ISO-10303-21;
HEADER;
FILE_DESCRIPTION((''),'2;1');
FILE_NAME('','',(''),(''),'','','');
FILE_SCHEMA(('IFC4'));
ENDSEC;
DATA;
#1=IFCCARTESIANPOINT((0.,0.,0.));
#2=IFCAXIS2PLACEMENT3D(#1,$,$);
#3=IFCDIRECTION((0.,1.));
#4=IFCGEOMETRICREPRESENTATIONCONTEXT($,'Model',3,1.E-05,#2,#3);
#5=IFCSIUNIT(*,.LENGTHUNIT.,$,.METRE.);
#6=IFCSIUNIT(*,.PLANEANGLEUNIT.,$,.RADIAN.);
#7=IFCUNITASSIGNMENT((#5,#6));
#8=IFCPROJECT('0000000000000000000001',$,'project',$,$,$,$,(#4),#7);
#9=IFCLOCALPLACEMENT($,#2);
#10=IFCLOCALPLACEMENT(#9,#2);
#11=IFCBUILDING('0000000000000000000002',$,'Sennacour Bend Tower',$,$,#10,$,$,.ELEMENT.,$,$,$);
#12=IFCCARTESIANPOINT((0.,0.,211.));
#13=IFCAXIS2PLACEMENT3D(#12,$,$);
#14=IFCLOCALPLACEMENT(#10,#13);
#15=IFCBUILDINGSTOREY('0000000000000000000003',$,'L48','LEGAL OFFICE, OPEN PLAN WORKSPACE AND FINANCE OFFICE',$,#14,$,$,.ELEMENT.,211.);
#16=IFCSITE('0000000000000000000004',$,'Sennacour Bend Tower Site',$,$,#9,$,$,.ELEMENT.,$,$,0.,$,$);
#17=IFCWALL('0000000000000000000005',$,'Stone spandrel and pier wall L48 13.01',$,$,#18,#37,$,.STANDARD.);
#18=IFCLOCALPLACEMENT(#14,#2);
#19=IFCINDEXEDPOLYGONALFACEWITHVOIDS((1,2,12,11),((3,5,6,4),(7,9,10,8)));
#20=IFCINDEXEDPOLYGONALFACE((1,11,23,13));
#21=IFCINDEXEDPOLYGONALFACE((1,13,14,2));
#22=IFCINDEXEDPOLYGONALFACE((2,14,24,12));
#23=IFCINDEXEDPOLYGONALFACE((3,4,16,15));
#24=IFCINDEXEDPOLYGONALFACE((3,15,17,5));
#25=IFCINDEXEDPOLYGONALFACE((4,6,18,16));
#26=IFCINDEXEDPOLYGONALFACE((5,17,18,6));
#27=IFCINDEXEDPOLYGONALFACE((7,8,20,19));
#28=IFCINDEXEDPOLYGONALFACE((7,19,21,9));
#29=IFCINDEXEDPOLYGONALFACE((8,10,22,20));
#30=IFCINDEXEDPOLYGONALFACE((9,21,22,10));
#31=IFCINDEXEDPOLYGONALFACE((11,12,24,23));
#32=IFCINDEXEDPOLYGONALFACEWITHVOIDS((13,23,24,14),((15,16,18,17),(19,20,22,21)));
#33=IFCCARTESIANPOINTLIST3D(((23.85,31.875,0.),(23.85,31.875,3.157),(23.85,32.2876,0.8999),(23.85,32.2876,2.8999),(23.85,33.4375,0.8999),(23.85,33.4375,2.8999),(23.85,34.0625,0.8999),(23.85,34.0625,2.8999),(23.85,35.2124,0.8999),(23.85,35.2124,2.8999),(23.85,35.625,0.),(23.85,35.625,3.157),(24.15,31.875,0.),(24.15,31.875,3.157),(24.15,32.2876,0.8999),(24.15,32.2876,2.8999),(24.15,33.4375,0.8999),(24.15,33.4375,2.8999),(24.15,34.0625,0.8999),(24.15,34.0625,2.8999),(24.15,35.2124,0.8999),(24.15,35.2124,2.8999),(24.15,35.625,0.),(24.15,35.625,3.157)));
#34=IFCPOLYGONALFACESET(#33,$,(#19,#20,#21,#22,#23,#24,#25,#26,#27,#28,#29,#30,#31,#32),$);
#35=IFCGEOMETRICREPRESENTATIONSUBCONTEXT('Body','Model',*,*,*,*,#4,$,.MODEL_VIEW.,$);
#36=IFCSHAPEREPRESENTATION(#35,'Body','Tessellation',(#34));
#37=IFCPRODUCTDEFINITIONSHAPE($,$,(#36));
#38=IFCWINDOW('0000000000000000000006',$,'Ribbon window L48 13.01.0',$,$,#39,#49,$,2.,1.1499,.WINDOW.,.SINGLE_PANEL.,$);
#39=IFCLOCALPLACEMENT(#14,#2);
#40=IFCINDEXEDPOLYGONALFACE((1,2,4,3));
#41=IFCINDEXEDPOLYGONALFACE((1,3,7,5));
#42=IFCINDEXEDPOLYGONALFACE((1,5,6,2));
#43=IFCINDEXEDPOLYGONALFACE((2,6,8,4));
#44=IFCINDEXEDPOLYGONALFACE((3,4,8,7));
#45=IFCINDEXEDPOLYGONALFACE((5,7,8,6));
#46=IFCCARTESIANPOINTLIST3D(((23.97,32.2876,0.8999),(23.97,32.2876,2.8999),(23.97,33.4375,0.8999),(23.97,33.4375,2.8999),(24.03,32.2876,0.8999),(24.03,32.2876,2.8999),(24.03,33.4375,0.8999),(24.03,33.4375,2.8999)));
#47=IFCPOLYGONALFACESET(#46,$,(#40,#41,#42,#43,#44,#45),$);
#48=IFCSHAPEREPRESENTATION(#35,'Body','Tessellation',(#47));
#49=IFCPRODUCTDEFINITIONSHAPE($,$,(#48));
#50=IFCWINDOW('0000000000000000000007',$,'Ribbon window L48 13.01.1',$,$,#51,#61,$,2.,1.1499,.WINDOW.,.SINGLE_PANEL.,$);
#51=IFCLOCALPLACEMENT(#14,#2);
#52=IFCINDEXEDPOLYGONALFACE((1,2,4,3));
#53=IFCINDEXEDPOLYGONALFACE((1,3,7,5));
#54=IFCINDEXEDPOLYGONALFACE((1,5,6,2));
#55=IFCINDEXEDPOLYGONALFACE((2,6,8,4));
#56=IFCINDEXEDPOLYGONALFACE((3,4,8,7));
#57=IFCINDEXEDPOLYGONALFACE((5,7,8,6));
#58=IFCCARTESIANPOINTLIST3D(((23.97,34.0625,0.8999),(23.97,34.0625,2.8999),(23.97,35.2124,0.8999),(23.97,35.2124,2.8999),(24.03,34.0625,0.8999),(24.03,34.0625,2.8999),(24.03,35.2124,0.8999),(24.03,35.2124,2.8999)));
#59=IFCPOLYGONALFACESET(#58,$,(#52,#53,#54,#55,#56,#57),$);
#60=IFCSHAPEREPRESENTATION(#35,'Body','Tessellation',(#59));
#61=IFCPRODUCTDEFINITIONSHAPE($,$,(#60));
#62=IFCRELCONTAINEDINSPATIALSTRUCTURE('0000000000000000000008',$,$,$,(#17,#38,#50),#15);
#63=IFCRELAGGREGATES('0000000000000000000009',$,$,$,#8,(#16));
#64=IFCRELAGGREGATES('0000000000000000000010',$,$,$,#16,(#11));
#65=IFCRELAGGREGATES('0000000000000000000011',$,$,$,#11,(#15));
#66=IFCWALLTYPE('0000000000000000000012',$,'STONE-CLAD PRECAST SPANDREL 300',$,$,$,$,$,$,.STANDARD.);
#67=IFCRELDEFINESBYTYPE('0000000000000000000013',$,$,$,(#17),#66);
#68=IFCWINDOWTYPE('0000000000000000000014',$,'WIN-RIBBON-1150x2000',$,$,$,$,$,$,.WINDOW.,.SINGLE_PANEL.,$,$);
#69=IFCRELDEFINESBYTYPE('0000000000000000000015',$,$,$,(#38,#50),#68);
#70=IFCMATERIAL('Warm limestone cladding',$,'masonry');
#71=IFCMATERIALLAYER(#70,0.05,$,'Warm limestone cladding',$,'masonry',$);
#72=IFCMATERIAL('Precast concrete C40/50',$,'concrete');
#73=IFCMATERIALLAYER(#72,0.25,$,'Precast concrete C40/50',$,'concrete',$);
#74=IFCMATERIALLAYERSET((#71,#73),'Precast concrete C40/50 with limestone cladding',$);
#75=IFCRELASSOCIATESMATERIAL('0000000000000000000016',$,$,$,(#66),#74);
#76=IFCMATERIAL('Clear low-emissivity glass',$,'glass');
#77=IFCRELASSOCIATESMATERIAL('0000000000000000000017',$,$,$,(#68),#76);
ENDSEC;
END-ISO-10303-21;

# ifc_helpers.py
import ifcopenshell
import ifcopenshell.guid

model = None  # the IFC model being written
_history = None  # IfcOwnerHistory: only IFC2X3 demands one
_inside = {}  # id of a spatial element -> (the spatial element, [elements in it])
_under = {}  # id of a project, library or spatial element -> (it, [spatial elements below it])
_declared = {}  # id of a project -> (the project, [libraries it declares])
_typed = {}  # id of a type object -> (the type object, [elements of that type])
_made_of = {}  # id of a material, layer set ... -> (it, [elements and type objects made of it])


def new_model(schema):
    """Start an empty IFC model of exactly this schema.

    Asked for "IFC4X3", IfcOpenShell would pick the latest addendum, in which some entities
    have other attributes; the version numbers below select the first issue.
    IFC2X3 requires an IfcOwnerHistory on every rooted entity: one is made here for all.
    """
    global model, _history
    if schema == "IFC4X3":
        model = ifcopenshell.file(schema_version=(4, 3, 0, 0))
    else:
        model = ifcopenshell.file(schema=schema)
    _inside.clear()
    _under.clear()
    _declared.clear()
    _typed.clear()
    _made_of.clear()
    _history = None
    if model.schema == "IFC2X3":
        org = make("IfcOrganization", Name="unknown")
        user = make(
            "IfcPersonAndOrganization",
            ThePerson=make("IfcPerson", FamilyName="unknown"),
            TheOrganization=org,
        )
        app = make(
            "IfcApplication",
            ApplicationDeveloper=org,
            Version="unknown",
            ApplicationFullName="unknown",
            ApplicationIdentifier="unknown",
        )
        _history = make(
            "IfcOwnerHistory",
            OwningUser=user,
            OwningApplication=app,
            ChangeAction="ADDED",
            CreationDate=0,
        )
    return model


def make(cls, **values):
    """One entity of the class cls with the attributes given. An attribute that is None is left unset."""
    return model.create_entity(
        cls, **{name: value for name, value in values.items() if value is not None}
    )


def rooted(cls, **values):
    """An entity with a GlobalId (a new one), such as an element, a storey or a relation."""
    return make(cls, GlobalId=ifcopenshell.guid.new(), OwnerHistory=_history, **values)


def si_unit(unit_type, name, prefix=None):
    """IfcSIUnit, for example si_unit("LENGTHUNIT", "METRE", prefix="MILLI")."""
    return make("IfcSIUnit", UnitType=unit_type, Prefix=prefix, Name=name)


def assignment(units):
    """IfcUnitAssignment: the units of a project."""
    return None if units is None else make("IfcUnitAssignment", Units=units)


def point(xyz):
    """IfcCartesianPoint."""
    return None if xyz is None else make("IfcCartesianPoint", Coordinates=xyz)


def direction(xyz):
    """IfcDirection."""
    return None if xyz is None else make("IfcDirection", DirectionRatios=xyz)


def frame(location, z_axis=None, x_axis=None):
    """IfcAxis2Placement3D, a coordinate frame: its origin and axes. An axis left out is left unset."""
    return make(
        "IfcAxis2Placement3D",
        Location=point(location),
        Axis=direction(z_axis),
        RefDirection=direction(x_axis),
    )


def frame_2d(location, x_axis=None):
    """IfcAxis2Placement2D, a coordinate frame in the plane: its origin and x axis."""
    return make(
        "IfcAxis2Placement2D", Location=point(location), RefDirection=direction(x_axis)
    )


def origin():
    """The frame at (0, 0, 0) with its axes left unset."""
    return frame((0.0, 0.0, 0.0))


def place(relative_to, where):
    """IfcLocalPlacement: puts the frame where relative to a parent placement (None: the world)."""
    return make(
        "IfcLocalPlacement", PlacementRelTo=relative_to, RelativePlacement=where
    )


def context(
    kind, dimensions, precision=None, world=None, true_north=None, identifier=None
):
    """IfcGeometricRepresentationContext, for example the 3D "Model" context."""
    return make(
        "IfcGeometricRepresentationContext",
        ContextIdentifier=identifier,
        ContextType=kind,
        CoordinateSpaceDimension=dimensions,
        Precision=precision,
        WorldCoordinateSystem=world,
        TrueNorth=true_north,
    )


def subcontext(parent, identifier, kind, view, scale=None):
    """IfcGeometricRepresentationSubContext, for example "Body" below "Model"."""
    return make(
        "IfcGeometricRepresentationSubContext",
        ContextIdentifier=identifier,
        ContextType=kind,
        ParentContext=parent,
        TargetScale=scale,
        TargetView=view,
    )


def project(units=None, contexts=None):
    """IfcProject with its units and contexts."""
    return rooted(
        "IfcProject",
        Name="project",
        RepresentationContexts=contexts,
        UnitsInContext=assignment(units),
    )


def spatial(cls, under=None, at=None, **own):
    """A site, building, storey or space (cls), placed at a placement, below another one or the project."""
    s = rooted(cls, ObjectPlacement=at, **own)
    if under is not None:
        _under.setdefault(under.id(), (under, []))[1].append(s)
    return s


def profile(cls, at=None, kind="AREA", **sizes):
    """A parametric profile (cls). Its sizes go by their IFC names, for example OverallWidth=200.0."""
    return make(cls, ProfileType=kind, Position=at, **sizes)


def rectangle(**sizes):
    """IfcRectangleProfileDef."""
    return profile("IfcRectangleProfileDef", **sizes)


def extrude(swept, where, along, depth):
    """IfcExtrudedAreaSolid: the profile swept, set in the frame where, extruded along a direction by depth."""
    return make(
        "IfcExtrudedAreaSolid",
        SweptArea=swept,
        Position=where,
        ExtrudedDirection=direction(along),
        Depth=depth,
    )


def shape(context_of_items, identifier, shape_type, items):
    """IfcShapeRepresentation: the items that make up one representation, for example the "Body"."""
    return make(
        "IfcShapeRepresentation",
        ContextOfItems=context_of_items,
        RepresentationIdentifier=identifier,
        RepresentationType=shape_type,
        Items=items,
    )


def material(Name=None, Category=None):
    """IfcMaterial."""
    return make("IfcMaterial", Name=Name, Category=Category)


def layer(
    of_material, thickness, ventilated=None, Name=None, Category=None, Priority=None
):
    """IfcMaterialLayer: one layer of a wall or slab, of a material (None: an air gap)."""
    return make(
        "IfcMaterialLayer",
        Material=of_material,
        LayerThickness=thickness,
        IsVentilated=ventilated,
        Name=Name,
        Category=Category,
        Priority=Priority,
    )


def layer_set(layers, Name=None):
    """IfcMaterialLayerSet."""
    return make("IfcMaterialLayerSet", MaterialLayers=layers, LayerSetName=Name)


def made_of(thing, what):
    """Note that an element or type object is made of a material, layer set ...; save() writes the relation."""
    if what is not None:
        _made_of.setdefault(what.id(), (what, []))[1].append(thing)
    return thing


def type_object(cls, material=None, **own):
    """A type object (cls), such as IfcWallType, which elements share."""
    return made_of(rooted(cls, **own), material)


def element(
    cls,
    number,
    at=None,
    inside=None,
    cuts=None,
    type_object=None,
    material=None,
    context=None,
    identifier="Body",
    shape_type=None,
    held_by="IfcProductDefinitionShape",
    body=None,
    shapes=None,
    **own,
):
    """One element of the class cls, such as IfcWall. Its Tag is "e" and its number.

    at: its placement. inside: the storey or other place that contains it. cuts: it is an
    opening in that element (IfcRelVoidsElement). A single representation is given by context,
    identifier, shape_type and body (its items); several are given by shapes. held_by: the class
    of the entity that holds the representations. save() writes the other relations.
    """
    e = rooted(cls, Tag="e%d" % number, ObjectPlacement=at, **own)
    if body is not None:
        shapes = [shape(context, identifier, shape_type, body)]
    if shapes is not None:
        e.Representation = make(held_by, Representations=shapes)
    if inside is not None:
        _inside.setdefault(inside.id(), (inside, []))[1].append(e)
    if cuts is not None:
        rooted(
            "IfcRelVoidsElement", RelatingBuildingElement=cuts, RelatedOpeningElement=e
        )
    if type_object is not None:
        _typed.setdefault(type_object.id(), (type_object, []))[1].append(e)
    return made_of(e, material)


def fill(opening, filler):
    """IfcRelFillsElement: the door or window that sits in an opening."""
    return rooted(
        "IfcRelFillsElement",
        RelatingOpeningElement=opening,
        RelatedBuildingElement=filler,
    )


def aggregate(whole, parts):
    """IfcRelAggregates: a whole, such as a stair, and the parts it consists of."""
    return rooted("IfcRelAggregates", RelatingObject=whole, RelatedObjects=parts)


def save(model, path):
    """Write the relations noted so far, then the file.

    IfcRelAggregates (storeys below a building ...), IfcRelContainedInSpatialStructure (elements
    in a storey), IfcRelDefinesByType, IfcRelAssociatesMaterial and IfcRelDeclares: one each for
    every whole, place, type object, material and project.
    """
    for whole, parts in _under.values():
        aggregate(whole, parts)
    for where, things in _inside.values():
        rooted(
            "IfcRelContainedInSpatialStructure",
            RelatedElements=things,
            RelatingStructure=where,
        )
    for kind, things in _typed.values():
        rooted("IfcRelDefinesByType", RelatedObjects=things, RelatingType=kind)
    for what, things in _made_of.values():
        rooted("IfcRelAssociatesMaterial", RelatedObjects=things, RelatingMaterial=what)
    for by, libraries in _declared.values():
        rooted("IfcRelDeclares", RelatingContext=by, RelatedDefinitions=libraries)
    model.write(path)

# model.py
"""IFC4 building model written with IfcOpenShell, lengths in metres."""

from ifc_helpers import new_model, si_unit, direction, frame, frame_2d, origin, place, context, subcontext, project, spatial, rectangle, extrude, material, layer, layer_set, type_object, element, fill, save


model = new_model("IFC4")

# Units and contexts
model_context = context("Model", 3, precision=1e-05, world=origin(), true_north=direction((0.0, 1.0)))
body_context = subcontext(model_context, "Body", "Model", "MODEL_VIEW")
ifc_project = project(units=[si_unit("LENGTHUNIT", "METRE"), si_unit("PLANEANGLEUNIT", "RADIAN")], contexts=[model_context])

# Site, building, storey
site_placement = place(None, origin())
site = spatial("IfcSite", under=ifc_project, at=site_placement, Name="Sennacour Bend Tower Site", CompositionType="ELEMENT", RefElevation=0.0)
building_placement = place(site_placement, origin())
building = spatial("IfcBuilding", under=site, at=building_placement, Name="Sennacour Bend Tower", CompositionType="ELEMENT")
storey_placement = place(building_placement, frame((0.0, 0.0, 211.0)))
storey = spatial("IfcBuildingStorey", under=building, at=storey_placement, Name="L48", Description="LEGAL OFFICE, OPEN PLAN WORKSPACE AND FINANCE OFFICE", CompositionType="ELEMENT", Elevation=211.0)

# Shared definitions
ifc_material_1 = material(Name="Warm limestone cladding", Category="masonry")
ifc_layer_1 = layer(ifc_material_1, 0.05, Name="Warm limestone cladding", Category="masonry")
ifc_material_2 = material(Name="Precast concrete C40/50", Category="concrete")
ifc_layer_2 = layer(ifc_material_2, 0.25, Name="Precast concrete C40/50", Category="concrete")
ifc_layer_set = layer_set([ifc_layer_1, ifc_layer_2], Name="Precast concrete C40/50 with limestone cladding")
wall_type = type_object("IfcWallType", Name="STONE-CLAD PRECAST SPANDREL 300", PredefinedType="STANDARD", material=ifc_layer_set)
ifc_material_3 = material(Name="Clear low-emissivity glass", Category="glass")

# Wall, openings, windows
window_type_1 = type_object("IfcWindowType", Name="WIN-RIBBON-1150x2000", PartitioningType="SINGLE_PANEL", PredefinedType="WINDOW", material=ifc_material_3)
wall_1_placement = place(storey_placement, frame((24.0, 31.875, 0.0), z_axis=(0.0, 0.0, 1.0), x_axis=(0.0, 1.0, 0.0)))
wall_1 = element("IfcWall", 1, at=wall_1_placement, inside=storey, type_object=wall_type, Name="Stone spandrel and pier wall L48 13.01", PredefinedType="STANDARD", context=body_context, shape_type="SweptSolid", body=[
    extrude(rectangle(XDim=3.75, YDim=0.3, at=frame_2d((1.875, 0.0))), origin(), (0.0, 0.0, 1.0), 3.157),
])
opening_1_placement = place(wall_1_placement, frame((0.4126, 0.0, 0.8999)))
opening_1 = element("IfcOpeningElement", 2, at=opening_1_placement, cuts=wall_1, PredefinedType="OPENING", context=body_context, shape_type="SweptSolid", body=[
    extrude(rectangle(XDim=1.1499, YDim=2.0, at=frame_2d((0.575, 1.0))), frame((0.0, 0.1602, 0.0), z_axis=(0.0, -1.0, 0.0), x_axis=(1.0, 0.0, 0.0)), (0.0, 0.0, 1.0), 0.3201),
])
opening_2_placement = place(wall_1_placement, frame((2.1875, 0.0, 0.8999)))
opening_2 = element("IfcOpeningElement", 3, at=opening_2_placement, cuts=wall_1, PredefinedType="OPENING", context=body_context, shape_type="SweptSolid", body=[
    extrude(rectangle(XDim=1.1499, YDim=2.0, at=frame_2d((0.575, 1.0))), frame((0.0, 0.1602, 0.0), z_axis=(0.0, -1.0, 0.0), x_axis=(1.0, 0.0, 0.0)), (0.0, 0.0, 1.0), 0.3201),
])
window_1_placement = place(opening_1_placement, origin())
window_1 = element("IfcWindow", 4, at=window_1_placement, inside=storey, type_object=window_type_1, Name="Ribbon window L48 13.01.0", OverallHeight=2.0, OverallWidth=1.1499, PartitioningType="SINGLE_PANEL", PredefinedType="WINDOW", context=body_context, shape_type="SweptSolid", body=[
    extrude(rectangle(XDim=1.1499, YDim=2.0, at=frame_2d((0.575, 1.0))), frame((0.0, 0.03, 0.0), z_axis=(0.0, -1.0, 0.0), x_axis=(1.0, 0.0, 0.0)), (0.0, 0.0, 1.0), 0.0601),
])
fill(opening_1, window_1)
window_2_placement = place(opening_2_placement, origin())
window_2 = element("IfcWindow", 5, at=window_2_placement, inside=storey, type_object=window_type_1, Name="Ribbon window L48 13.01.1", OverallHeight=2.0, OverallWidth=1.1499, PartitioningType="SINGLE_PANEL", PredefinedType="WINDOW", context=body_context, shape_type="SweptSolid", body=[
    extrude(rectangle(XDim=1.1499, YDim=2.0, at=frame_2d((0.575, 1.0))), frame((0.0, 0.03, 0.0), z_axis=(0.0, -1.0, 0.0), x_axis=(1.0, 0.0, 0.0)), (0.0, 0.0, 1.0), 0.0601),
])
fill(opening_2, window_2)

save(model, "model.ifc")
